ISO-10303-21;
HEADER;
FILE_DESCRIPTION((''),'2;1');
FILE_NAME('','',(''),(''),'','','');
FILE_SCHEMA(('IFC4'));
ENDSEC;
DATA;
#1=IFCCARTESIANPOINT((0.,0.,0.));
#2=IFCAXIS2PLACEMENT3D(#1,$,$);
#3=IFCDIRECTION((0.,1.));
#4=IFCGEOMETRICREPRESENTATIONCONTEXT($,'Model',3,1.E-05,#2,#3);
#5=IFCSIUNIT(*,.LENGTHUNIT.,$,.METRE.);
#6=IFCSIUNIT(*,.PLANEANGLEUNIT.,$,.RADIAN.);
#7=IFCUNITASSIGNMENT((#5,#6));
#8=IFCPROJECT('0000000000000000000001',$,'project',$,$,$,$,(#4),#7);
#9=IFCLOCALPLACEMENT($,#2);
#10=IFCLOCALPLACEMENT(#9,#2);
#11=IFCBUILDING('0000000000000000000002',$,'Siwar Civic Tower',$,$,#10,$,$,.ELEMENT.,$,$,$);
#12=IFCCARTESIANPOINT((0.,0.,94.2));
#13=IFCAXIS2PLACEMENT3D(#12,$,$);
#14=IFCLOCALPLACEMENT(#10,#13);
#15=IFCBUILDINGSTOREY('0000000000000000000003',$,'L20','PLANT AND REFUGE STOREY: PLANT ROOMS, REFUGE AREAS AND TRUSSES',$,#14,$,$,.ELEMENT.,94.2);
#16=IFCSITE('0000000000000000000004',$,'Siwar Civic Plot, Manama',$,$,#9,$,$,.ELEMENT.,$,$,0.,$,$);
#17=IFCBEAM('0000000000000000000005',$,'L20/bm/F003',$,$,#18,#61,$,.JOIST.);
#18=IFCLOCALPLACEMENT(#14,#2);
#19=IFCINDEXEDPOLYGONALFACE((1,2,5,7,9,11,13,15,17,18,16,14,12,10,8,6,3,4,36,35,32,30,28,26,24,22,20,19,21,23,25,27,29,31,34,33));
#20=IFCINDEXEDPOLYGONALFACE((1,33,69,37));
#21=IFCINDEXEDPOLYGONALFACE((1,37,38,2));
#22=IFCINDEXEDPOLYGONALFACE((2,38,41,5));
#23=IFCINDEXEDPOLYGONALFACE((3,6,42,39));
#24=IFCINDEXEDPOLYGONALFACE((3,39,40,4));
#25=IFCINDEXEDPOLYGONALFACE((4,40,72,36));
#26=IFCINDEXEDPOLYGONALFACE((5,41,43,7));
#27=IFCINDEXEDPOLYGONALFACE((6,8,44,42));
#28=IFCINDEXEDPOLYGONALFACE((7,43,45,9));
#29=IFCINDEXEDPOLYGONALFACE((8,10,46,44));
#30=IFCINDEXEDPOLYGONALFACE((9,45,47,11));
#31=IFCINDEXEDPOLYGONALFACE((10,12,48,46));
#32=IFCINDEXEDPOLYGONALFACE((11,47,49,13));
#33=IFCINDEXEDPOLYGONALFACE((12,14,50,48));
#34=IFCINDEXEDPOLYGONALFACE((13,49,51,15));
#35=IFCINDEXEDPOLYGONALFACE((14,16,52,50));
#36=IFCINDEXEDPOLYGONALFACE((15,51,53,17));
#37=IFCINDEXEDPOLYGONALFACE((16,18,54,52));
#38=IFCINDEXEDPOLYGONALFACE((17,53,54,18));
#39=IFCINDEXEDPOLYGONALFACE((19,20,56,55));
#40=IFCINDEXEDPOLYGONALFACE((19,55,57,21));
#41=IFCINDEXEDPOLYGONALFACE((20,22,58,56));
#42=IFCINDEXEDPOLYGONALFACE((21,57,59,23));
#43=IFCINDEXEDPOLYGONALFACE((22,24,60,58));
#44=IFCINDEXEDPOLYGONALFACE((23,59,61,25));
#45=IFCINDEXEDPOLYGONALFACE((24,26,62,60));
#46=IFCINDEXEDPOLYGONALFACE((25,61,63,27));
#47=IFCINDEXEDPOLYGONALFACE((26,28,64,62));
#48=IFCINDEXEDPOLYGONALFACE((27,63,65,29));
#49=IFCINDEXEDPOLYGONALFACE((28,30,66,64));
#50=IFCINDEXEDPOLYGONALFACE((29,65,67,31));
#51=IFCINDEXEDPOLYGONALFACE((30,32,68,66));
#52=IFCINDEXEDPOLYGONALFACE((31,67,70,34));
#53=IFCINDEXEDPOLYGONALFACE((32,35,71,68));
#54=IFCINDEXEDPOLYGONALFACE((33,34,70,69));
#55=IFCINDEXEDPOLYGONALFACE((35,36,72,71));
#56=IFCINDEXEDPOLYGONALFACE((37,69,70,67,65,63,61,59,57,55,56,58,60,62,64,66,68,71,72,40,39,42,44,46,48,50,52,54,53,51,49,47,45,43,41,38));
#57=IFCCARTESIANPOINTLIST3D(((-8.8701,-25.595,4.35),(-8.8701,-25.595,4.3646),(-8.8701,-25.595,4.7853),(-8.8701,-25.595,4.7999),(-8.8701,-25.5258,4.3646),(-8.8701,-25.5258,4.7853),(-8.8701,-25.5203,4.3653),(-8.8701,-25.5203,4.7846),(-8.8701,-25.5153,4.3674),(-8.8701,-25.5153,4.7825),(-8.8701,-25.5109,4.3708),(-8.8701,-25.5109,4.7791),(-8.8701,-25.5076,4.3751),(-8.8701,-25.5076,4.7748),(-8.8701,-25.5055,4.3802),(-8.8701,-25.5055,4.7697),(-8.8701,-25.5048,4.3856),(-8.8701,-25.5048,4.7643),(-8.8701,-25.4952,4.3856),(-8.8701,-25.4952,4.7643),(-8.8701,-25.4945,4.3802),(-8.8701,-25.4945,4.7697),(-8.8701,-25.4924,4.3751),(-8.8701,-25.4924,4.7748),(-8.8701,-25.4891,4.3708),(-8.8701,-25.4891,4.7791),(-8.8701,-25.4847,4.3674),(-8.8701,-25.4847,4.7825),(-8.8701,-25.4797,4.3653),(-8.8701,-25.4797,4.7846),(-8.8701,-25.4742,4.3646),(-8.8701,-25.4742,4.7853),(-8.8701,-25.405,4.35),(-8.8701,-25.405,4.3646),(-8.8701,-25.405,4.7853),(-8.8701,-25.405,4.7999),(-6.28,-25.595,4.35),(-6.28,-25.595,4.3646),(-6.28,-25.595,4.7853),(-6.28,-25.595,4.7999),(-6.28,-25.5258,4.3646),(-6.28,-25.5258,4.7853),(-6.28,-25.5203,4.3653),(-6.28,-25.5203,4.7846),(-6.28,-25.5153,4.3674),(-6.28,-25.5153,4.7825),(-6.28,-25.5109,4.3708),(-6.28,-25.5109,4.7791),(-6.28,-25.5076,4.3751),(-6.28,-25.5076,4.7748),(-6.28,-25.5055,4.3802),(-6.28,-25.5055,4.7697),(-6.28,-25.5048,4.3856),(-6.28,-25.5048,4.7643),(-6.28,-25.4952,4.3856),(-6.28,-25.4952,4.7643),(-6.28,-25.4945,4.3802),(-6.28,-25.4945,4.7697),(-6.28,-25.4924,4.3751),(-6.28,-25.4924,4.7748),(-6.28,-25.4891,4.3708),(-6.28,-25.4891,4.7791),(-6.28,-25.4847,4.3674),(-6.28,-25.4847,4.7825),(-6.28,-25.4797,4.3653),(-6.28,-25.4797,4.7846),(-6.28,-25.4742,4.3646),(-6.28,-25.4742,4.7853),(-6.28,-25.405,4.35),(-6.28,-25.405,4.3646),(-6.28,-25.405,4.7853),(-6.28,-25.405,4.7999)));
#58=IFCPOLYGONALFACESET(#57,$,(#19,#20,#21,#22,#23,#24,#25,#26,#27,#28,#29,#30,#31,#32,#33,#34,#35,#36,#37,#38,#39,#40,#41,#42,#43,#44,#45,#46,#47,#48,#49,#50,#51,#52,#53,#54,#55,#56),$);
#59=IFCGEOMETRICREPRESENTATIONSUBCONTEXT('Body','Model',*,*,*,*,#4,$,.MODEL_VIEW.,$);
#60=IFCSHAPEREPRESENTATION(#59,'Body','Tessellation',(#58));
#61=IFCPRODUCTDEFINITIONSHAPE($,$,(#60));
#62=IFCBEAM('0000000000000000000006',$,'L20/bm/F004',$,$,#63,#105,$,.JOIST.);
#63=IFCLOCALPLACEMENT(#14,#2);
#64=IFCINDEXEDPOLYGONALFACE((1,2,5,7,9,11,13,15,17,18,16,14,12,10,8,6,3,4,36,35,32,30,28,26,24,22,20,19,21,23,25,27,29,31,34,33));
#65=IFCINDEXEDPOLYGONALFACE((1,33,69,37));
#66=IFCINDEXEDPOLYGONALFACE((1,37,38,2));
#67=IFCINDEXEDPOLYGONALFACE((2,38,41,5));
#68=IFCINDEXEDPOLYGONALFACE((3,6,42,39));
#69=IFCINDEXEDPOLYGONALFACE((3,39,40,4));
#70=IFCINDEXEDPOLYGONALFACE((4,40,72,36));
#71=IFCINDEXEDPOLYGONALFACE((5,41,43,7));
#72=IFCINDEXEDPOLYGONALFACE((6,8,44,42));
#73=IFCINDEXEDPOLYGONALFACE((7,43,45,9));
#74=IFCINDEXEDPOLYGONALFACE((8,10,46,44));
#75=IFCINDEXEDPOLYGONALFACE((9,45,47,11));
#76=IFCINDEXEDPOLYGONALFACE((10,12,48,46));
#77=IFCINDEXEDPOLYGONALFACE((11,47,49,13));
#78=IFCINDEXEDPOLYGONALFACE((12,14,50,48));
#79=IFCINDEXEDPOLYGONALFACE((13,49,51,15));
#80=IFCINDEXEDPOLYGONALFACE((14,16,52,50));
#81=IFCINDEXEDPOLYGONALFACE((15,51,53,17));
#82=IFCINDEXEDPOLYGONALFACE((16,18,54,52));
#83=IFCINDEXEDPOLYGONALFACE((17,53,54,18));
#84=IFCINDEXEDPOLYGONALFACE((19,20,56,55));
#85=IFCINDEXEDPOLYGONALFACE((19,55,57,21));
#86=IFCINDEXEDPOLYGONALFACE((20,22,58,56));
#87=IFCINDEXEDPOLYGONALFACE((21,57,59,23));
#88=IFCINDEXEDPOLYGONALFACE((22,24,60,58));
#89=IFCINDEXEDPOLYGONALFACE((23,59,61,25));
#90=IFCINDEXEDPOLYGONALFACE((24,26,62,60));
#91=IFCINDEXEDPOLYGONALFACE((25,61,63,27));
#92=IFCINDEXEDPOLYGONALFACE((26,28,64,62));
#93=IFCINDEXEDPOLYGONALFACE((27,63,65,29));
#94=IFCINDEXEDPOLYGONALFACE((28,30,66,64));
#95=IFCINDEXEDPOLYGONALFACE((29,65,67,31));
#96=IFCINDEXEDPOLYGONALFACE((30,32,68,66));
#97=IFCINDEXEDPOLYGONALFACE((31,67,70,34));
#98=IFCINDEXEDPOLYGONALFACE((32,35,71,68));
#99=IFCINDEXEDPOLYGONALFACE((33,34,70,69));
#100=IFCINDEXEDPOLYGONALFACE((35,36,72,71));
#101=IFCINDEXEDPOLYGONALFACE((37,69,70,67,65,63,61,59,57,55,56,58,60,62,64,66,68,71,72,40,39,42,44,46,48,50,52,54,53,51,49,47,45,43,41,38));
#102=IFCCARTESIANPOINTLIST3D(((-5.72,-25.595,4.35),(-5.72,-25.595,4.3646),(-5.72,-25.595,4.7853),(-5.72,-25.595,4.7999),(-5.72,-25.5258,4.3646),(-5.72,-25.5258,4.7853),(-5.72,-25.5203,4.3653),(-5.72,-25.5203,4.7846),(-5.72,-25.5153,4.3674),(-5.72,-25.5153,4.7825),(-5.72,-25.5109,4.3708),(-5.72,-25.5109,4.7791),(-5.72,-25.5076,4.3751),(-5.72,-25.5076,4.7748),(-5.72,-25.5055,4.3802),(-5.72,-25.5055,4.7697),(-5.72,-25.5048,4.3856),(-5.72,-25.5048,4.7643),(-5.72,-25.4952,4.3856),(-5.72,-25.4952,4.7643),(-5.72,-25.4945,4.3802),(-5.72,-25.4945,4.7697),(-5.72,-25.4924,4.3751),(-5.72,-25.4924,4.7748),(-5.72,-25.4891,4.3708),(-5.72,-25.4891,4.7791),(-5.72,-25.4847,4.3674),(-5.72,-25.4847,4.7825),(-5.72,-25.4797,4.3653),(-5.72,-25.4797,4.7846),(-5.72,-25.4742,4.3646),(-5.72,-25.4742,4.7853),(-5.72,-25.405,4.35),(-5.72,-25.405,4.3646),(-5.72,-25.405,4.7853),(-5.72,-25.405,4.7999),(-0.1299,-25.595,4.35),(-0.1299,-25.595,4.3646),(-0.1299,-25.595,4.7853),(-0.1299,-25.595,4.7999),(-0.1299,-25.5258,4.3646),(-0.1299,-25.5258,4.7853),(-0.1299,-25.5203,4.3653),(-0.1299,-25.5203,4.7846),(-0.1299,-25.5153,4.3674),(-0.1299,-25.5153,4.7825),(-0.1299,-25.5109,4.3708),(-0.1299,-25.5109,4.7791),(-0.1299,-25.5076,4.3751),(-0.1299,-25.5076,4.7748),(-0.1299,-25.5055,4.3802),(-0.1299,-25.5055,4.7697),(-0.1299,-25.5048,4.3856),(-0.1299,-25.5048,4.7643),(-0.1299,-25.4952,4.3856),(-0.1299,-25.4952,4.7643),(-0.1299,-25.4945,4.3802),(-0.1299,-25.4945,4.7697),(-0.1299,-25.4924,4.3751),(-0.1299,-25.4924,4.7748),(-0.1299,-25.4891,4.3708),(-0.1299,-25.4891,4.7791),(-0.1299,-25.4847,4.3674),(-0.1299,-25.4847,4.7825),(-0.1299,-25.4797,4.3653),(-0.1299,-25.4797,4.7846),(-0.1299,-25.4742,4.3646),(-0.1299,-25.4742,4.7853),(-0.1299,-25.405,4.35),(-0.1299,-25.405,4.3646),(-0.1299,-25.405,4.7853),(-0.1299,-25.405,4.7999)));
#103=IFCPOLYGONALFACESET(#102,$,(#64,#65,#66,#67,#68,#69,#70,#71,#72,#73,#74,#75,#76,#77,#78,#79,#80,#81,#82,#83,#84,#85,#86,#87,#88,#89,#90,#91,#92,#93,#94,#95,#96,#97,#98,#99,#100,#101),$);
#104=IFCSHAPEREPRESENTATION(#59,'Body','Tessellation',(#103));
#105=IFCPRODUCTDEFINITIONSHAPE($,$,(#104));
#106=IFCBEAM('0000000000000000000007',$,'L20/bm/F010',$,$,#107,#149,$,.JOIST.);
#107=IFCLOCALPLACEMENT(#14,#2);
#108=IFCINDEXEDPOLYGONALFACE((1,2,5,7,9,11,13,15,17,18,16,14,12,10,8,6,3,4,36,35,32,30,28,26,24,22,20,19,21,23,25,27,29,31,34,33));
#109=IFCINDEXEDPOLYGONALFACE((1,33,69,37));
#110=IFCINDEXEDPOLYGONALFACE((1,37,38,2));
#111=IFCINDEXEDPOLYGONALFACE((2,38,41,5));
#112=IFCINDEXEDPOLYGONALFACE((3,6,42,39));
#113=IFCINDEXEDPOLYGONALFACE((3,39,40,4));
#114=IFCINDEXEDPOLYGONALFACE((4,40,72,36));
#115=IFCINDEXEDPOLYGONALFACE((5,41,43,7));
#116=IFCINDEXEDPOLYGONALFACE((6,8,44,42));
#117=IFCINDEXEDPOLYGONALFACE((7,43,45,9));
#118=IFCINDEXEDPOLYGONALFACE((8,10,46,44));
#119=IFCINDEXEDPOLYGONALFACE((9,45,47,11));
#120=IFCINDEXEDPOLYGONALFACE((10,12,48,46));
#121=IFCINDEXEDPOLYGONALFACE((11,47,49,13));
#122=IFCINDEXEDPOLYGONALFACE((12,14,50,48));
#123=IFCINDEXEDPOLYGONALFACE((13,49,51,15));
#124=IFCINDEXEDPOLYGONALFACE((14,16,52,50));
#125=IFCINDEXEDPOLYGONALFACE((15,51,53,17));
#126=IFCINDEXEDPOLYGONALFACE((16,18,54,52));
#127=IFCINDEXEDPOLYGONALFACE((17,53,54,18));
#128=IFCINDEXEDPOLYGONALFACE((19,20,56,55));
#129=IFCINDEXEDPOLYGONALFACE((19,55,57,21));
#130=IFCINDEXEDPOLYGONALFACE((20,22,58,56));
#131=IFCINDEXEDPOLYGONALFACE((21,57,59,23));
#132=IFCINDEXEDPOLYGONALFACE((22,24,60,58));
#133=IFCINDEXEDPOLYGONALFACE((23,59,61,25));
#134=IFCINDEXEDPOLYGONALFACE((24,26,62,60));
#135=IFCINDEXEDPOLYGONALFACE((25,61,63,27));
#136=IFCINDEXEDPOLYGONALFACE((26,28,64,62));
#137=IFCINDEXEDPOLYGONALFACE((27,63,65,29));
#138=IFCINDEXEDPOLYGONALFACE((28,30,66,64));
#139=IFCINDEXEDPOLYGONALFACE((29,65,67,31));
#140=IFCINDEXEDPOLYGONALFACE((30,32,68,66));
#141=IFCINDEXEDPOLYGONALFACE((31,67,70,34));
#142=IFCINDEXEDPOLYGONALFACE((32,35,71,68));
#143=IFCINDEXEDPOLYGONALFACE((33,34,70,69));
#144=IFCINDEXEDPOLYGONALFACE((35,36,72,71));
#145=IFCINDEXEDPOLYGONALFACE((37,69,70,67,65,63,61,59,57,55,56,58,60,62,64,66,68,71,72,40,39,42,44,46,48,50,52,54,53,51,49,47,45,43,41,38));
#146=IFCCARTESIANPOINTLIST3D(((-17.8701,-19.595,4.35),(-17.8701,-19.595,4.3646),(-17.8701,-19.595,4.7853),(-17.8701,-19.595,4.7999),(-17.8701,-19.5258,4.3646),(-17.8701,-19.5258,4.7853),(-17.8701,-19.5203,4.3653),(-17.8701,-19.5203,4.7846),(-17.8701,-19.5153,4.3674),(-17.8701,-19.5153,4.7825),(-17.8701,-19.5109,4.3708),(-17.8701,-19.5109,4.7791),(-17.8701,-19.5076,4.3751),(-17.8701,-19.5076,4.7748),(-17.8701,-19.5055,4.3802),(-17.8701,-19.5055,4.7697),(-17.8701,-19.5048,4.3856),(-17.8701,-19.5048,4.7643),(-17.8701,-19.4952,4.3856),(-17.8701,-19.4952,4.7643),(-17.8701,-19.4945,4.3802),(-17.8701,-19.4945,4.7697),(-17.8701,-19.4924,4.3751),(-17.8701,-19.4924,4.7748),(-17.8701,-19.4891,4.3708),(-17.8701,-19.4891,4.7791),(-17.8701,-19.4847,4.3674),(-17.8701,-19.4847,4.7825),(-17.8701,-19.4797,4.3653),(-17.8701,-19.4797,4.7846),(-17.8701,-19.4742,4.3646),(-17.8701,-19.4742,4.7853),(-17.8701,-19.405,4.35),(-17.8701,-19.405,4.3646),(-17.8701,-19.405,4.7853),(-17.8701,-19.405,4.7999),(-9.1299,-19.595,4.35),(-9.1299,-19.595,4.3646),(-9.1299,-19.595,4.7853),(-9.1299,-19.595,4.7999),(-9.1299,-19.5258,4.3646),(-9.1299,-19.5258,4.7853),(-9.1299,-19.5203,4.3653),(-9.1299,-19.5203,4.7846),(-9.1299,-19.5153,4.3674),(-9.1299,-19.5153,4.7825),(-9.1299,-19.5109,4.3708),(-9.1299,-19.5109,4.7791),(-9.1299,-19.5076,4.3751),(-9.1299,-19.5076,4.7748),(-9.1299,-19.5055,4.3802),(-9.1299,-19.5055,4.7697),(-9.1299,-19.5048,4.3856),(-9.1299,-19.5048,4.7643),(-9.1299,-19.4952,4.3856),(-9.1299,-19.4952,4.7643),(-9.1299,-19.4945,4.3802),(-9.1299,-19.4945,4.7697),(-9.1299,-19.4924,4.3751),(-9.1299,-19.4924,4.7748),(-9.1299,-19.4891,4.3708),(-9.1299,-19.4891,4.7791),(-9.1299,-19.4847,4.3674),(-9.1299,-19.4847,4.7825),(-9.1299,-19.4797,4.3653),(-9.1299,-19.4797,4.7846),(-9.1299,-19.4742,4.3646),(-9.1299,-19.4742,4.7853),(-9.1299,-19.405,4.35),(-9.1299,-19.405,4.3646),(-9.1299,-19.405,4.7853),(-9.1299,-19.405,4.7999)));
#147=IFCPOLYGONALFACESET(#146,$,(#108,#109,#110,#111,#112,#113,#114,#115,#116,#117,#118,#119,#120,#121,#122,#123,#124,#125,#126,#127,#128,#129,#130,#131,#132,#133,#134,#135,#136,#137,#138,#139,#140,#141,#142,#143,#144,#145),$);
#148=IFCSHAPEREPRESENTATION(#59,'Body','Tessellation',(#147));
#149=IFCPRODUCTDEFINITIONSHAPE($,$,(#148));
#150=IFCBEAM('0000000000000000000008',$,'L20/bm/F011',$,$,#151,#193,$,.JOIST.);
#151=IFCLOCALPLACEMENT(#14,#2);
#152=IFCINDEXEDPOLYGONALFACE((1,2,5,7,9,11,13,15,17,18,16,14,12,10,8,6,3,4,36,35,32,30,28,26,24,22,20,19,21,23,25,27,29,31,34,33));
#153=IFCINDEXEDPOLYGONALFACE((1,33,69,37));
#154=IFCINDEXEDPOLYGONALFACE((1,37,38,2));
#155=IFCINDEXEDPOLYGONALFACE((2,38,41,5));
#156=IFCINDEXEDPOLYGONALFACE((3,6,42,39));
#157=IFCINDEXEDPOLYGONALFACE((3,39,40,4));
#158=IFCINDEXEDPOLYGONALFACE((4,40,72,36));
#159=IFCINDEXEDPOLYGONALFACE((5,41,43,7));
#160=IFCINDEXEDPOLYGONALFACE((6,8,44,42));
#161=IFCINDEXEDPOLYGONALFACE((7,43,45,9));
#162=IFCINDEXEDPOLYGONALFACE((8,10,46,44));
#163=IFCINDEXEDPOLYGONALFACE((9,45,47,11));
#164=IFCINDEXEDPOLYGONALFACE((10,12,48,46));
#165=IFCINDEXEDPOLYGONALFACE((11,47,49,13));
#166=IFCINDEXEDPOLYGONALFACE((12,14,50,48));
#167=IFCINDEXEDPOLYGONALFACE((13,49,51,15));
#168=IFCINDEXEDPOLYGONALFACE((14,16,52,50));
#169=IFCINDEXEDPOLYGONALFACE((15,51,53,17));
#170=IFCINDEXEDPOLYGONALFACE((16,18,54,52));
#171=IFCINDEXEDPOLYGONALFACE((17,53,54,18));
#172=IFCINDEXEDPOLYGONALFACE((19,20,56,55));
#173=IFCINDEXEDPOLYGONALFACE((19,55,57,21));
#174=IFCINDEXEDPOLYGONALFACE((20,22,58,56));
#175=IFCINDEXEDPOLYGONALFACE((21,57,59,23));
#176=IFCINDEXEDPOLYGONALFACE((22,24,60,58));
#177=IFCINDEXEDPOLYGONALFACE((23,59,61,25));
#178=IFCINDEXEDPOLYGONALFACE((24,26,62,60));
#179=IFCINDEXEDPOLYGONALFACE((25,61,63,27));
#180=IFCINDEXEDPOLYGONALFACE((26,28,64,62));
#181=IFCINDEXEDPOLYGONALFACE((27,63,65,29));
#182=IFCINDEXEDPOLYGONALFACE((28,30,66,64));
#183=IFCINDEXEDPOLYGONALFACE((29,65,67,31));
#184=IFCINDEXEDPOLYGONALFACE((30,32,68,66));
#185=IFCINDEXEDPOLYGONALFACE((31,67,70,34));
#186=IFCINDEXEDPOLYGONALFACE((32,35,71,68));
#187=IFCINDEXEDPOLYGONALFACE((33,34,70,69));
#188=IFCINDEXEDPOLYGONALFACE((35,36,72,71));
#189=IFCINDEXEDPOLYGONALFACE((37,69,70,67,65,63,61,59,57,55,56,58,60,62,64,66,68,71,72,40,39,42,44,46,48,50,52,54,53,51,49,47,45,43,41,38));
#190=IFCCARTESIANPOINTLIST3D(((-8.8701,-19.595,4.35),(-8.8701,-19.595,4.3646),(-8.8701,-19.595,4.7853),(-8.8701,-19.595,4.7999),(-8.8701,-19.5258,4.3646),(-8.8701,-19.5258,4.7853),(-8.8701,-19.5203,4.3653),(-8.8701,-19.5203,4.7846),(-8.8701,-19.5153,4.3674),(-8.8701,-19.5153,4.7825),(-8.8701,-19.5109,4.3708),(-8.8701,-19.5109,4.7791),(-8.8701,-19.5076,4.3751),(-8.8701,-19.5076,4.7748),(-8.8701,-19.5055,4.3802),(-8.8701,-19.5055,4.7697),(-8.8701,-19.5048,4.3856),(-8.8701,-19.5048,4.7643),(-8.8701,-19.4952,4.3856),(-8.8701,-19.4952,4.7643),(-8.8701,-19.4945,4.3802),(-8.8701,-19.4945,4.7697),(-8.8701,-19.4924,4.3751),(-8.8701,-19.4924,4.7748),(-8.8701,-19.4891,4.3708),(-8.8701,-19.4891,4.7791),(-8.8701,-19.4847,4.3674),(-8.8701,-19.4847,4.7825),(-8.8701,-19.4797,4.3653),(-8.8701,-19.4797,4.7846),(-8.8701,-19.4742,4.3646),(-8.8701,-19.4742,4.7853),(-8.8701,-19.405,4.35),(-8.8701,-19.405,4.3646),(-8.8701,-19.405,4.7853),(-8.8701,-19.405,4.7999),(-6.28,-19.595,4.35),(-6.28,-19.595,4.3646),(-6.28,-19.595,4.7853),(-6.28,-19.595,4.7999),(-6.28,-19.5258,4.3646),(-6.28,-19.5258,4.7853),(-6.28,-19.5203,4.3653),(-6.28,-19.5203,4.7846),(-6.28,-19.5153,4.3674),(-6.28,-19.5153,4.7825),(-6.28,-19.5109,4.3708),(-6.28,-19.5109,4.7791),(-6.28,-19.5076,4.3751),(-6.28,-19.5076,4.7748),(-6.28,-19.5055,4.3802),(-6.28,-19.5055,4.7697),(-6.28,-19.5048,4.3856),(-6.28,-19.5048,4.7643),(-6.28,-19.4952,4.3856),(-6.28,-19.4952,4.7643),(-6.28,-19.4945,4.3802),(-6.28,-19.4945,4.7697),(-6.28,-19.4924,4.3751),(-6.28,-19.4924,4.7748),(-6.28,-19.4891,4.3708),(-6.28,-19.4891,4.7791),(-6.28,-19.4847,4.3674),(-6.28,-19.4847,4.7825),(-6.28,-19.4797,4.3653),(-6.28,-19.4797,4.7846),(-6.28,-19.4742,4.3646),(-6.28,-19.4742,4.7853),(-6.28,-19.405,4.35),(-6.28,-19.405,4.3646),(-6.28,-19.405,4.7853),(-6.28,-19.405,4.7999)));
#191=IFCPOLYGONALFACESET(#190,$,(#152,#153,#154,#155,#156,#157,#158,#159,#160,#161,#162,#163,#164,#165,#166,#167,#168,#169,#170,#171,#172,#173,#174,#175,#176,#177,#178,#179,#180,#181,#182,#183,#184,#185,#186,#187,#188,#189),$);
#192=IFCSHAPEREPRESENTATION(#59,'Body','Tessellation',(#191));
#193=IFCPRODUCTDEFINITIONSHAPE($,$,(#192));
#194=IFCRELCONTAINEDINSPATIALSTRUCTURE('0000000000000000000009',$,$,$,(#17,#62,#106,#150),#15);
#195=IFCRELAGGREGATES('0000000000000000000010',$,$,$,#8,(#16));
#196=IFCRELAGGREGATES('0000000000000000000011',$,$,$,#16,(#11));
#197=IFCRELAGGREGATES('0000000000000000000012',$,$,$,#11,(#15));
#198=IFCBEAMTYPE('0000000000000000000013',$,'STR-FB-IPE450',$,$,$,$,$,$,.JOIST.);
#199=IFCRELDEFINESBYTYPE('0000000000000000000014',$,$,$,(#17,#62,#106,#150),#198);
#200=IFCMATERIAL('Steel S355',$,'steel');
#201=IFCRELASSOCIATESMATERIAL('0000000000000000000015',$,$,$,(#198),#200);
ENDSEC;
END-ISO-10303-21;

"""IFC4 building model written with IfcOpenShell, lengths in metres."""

from ifc_helpers import new_model, si_unit, direction, frame, origin, origin_2d, place, context, subcontext, project, spatial, i_section, extrude, material, material_profile, profile_set, type_object, element, save


model = new_model("IFC4")

# Units and contexts
model_context = context("Model", 3, precision=1e-05, world=origin(), true_north=direction((0.0, 1.0)))
body_context = subcontext(model_context, "Body", "Model", "MODEL_VIEW")
ifc_project = project(units=[si_unit("LENGTHUNIT", "METRE"), si_unit("PLANEANGLEUNIT", "RADIAN")], contexts=[model_context])

# Site, building, storey
site_placement = place(None, origin())
site = spatial("IfcSite", under=ifc_project, at=site_placement, Name="Siwar Civic Plot, Manama", CompositionType="ELEMENT", RefElevation=0.0)
building_placement = place(site_placement, origin())
building = spatial("IfcBuilding", under=site, at=building_placement, Name="Siwar Civic Tower", CompositionType="ELEMENT")
storey_placement = place(building_placement, frame((0.0, 0.0, 94.2)))
storey = spatial("IfcBuildingStorey", under=building, at=storey_placement, Name="L20", Description="PLANT AND REFUGE STOREY: PLANT ROOMS, REFUGE AREAS AND TRUSSES", CompositionType="ELEMENT", Elevation=94.2)

# Beams
ifc_material_1 = material(Name="Steel S355", Category="steel")
ifc_material_profile_1 = material_profile(ifc_material_1, i_section(OverallWidth=0.1899, OverallDepth=0.45, WebThickness=0.0095, FlangeThickness=0.0146, FilletRadius=0.021, at=origin_2d()), Name="IPE450")
ifc_profile_set_1 = profile_set([ifc_material_profile_1], Name="Steel S355")
beam_type_1 = type_object("IfcBeamType", Name="STR-FB-IPE450", PredefinedType="JOIST", material=ifc_profile_set_1)
beam_1_placement = place(storey_placement, frame((-8.8701, -25.5, 4.575), z_axis=(1.0, 0.0, 0.0), x_axis=(0.0, 1.0, 0.0)))
element("IfcBeam", 1, at=beam_1_placement, inside=storey, type_object=beam_type_1, Name="L20/bm/F003", PredefinedType="JOIST", context=body_context, shape_type="SweptSolid", body=[
    extrude(i_section(OverallWidth=0.1899, OverallDepth=0.45, WebThickness=0.0095, FlangeThickness=0.0146, FilletRadius=0.021, at=origin_2d()), origin(), (0.0, 0.0, 1.0), 2.5901),
])
beam_2_placement = place(storey_placement, frame((-5.72, -25.5, 4.575), z_axis=(1.0, 0.0, 0.0), x_axis=(0.0, 1.0, 0.0)))
element("IfcBeam", 2, at=beam_2_placement, inside=storey, type_object=beam_type_1, Name="L20/bm/F004", PredefinedType="JOIST", context=body_context, shape_type="SweptSolid", body=[
    extrude(i_section(OverallWidth=0.1899, OverallDepth=0.45, WebThickness=0.0095, FlangeThickness=0.0146, FilletRadius=0.021, at=origin_2d()), origin(), (0.0, 0.0, 1.0), 5.5901),
])
beam_3_placement = place(storey_placement, frame((-17.8701, -19.5, 4.575), z_axis=(1.0, 0.0, 0.0), x_axis=(0.0, 1.0, 0.0)))
element("IfcBeam", 3, at=beam_3_placement, inside=storey, type_object=beam_type_1, Name="L20/bm/F010", PredefinedType="JOIST", context=body_context, shape_type="SweptSolid", body=[
    extrude(i_section(OverallWidth=0.1899, OverallDepth=0.45, WebThickness=0.0095, FlangeThickness=0.0146, FilletRadius=0.021, at=origin_2d()), origin(), (0.0, 0.0, 1.0), 8.7402),
])
beam_4_placement = place(storey_placement, frame((-8.8701, -19.5, 4.575), z_axis=(1.0, 0.0, 0.0), x_axis=(0.0, 1.0, 0.0)))
element("IfcBeam", 4, at=beam_4_placement, inside=storey, type_object=beam_type_1, Name="L20/bm/F011", PredefinedType="JOIST", context=body_context, shape_type="SweptSolid", body=[
    extrude(i_section(OverallWidth=0.1899, OverallDepth=0.45, WebThickness=0.0095, FlangeThickness=0.0146, FilletRadius=0.021, at=origin_2d()), origin(), (0.0, 0.0, 1.0), 2.5901),
])

save(model, "model.ifc")
